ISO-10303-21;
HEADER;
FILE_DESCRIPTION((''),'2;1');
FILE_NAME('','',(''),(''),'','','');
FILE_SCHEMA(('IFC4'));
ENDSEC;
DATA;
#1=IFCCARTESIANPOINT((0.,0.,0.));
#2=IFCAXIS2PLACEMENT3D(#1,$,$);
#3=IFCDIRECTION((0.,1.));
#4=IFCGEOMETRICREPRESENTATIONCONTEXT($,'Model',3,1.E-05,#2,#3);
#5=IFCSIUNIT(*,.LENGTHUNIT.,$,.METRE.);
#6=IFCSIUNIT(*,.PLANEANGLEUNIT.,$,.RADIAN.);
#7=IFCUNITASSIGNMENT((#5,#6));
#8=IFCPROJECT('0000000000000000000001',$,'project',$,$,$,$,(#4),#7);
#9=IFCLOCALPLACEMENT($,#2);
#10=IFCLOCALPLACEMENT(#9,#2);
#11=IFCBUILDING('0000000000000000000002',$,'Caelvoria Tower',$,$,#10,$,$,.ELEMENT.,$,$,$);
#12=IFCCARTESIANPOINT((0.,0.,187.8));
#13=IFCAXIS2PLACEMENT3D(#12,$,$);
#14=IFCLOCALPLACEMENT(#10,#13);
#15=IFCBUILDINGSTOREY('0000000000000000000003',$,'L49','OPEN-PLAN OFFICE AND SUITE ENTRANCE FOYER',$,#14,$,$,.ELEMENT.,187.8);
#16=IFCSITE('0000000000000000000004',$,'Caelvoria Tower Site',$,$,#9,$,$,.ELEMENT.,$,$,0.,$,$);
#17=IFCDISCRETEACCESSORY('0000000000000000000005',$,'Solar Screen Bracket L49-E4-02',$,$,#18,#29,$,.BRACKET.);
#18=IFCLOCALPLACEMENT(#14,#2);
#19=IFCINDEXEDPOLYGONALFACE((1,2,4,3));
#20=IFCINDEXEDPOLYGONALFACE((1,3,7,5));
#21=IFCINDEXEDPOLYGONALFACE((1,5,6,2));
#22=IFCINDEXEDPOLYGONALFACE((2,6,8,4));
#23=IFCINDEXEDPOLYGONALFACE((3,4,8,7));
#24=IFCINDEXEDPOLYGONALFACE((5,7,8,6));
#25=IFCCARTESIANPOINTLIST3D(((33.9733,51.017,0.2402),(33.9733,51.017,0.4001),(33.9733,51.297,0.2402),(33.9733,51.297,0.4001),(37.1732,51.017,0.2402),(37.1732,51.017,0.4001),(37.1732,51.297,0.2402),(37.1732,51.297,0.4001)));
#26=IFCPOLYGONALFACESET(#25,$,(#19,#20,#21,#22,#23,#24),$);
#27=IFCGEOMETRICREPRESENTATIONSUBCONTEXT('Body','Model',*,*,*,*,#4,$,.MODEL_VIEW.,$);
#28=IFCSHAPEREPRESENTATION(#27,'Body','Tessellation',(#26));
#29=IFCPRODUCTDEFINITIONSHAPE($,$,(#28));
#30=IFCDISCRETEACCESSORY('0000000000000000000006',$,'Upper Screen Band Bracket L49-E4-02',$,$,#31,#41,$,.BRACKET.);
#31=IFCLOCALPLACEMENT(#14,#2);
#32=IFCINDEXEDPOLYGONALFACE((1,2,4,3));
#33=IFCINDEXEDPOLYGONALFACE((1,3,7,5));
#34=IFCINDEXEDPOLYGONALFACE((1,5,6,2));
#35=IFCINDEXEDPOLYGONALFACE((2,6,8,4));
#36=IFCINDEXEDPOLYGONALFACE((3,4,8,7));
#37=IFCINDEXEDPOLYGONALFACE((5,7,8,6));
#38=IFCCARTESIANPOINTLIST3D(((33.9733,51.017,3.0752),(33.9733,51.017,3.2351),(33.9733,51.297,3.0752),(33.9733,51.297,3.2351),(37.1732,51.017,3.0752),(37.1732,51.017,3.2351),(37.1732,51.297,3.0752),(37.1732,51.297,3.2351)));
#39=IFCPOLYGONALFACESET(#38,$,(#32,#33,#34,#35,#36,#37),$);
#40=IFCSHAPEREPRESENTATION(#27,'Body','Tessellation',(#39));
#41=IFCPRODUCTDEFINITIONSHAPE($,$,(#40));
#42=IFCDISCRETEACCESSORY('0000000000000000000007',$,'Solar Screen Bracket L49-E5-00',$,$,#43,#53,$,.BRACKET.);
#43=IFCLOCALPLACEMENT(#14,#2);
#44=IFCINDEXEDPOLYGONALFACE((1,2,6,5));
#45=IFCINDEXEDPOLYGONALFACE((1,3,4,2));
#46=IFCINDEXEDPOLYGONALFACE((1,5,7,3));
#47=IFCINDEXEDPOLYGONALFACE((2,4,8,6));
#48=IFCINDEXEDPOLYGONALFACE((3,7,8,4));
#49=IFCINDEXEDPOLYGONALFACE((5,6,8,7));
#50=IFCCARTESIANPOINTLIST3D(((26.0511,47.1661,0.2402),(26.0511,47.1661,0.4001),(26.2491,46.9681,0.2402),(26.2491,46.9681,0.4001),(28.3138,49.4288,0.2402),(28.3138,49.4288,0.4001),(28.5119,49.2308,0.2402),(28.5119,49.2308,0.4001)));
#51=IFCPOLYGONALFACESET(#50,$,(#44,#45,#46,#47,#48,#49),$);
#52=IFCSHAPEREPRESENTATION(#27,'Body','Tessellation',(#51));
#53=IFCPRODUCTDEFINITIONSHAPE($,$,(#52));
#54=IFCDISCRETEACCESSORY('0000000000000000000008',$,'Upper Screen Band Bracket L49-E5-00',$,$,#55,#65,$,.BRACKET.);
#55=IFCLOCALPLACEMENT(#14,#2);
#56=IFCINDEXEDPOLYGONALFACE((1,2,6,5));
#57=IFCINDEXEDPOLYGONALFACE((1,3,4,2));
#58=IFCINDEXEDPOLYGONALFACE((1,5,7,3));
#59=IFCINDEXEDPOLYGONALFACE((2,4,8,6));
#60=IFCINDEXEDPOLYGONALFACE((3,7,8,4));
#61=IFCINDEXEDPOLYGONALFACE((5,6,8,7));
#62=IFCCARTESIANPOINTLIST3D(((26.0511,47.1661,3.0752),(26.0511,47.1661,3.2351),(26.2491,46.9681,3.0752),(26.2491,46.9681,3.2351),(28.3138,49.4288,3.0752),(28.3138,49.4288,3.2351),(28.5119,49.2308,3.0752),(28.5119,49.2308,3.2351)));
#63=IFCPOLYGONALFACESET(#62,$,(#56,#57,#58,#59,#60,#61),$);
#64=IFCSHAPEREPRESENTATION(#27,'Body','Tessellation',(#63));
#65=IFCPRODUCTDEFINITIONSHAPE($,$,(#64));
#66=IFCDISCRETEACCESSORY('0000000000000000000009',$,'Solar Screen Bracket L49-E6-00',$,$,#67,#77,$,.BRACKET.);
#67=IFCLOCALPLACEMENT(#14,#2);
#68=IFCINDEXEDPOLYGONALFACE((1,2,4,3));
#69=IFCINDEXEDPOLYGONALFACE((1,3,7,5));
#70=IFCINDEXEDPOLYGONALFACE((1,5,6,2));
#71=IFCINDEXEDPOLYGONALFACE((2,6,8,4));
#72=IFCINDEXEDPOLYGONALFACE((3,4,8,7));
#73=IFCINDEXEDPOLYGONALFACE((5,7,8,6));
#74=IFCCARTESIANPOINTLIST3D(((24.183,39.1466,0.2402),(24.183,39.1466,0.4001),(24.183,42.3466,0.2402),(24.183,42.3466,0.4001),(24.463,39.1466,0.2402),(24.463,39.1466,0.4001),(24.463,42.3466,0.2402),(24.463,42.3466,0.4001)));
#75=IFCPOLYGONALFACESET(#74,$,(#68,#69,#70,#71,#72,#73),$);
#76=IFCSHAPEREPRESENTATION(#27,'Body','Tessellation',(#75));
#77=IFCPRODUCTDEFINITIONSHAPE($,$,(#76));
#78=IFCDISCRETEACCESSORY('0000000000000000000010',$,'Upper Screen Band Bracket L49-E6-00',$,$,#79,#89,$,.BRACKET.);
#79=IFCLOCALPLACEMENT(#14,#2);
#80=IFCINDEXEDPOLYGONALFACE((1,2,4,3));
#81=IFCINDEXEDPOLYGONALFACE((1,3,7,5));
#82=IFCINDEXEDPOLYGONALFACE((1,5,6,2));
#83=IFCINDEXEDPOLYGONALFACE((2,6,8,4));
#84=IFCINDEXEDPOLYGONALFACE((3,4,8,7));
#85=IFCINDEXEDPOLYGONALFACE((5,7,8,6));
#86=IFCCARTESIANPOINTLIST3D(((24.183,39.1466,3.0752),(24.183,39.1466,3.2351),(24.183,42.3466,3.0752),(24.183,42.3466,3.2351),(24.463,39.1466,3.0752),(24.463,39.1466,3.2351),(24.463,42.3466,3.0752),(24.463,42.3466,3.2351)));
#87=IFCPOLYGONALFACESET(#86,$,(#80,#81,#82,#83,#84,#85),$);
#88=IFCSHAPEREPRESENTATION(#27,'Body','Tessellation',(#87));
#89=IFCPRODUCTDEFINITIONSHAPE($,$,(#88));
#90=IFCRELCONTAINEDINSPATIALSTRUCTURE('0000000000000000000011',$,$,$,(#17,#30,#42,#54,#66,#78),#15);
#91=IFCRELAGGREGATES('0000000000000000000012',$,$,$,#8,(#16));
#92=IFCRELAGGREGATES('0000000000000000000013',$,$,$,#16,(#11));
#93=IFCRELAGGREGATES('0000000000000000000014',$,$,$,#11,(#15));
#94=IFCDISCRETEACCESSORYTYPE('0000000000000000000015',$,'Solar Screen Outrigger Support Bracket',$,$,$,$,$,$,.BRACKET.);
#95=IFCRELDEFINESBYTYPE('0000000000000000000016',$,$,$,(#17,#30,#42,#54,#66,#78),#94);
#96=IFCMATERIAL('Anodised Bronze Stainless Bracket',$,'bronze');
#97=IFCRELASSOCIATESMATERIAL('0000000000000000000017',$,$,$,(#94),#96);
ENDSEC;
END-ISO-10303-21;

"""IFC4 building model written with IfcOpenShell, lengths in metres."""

from ifc_helpers import new_model, si_unit, direction, frame, origin, origin_2d, place, context, subcontext, project, spatial, rectangle, extrude, material, type_object, element, save


model = new_model("IFC4")

# Units and contexts
model_context = context("Model", 3, precision=1e-05, world=origin(), true_north=direction((0.0, 1.0)))
body_context = subcontext(model_context, "Body", "Model", "MODEL_VIEW")
ifc_project = project(units=[si_unit("LENGTHUNIT", "METRE"), si_unit("PLANEANGLEUNIT", "RADIAN")], contexts=[model_context])

# Site, building, storey
site_placement = place(None, origin())
site = spatial("IfcSite", under=ifc_project, at=site_placement, Name="Caelvoria Tower Site", CompositionType="ELEMENT", RefElevation=0.0)
building_placement = place(site_placement, origin())
building = spatial("IfcBuilding", under=site, at=building_placement, Name="Caelvoria Tower", CompositionType="ELEMENT")
storey_placement = place(building_placement, frame((0.0, 0.0, 187.8)))
storey = spatial("IfcBuildingStorey", under=building, at=storey_placement, Name="L49", Description="OPEN-PLAN OFFICE AND SUITE ENTRANCE FOYER", CompositionType="ELEMENT", Elevation=187.8)

# Discrete accessories
ifc_material_1 = material(Name="Anodised Bronze Stainless Bracket", Category="bronze")
discrete_accessory_type = type_object("IfcDiscreteAccessoryType", Name="Solar Screen Outrigger Support Bracket", PredefinedType="BRACKET", material=ifc_material_1)
for number, where, z_axis, x_axis, name in (
    (1, (35.5732, 51.157, 0.2402), (0.0, 0.0, 1.0), (-1.0, 0.0, 0.0), "Solar Screen Bracket L49-E4-02"),
    (2, (35.5732, 51.157, 3.0752), (0.0, 0.0, 1.0), (-1.0, 0.0, 0.0), "Upper Screen Band Bracket L49-E4-02"),
    (3, (27.2815, 48.1985, 0.2402), (0.0, 0.0, 1.0), (-0.707107, -0.707107, 0.0), "Solar Screen Bracket L49-E5-00"),
    (4, (27.2815, 48.1985, 3.0752), (0.0, 0.0, 1.0), (-0.707107, -0.707107, 0.0), "Upper Screen Band Bracket L49-E5-00"),
    (5, (24.323, 40.7466, 0.2402), (0.0, 0.0, 1.0), (0.0, -1.0, 0.0), "Solar Screen Bracket L49-E6-00"),
    (6, (24.323, 40.7466, 3.0752), (0.0, 0.0, 1.0), (0.0, -1.0, 0.0), "Upper Screen Band Bracket L49-E6-00"),
):
    element("IfcDiscreteAccessory", number, at=place(storey_placement, frame(where, z_axis=z_axis, x_axis=x_axis)), inside=storey, type_object=discrete_accessory_type, Name=name, PredefinedType="BRACKET", context=body_context, shape_type="SweptSolid", body=[
        extrude(rectangle(XDim=3.2, YDim=0.28, at=origin_2d()), origin(), (0.0, 0.0, 1.0), 0.1599),
    ])

save(model, "model.ifc")
